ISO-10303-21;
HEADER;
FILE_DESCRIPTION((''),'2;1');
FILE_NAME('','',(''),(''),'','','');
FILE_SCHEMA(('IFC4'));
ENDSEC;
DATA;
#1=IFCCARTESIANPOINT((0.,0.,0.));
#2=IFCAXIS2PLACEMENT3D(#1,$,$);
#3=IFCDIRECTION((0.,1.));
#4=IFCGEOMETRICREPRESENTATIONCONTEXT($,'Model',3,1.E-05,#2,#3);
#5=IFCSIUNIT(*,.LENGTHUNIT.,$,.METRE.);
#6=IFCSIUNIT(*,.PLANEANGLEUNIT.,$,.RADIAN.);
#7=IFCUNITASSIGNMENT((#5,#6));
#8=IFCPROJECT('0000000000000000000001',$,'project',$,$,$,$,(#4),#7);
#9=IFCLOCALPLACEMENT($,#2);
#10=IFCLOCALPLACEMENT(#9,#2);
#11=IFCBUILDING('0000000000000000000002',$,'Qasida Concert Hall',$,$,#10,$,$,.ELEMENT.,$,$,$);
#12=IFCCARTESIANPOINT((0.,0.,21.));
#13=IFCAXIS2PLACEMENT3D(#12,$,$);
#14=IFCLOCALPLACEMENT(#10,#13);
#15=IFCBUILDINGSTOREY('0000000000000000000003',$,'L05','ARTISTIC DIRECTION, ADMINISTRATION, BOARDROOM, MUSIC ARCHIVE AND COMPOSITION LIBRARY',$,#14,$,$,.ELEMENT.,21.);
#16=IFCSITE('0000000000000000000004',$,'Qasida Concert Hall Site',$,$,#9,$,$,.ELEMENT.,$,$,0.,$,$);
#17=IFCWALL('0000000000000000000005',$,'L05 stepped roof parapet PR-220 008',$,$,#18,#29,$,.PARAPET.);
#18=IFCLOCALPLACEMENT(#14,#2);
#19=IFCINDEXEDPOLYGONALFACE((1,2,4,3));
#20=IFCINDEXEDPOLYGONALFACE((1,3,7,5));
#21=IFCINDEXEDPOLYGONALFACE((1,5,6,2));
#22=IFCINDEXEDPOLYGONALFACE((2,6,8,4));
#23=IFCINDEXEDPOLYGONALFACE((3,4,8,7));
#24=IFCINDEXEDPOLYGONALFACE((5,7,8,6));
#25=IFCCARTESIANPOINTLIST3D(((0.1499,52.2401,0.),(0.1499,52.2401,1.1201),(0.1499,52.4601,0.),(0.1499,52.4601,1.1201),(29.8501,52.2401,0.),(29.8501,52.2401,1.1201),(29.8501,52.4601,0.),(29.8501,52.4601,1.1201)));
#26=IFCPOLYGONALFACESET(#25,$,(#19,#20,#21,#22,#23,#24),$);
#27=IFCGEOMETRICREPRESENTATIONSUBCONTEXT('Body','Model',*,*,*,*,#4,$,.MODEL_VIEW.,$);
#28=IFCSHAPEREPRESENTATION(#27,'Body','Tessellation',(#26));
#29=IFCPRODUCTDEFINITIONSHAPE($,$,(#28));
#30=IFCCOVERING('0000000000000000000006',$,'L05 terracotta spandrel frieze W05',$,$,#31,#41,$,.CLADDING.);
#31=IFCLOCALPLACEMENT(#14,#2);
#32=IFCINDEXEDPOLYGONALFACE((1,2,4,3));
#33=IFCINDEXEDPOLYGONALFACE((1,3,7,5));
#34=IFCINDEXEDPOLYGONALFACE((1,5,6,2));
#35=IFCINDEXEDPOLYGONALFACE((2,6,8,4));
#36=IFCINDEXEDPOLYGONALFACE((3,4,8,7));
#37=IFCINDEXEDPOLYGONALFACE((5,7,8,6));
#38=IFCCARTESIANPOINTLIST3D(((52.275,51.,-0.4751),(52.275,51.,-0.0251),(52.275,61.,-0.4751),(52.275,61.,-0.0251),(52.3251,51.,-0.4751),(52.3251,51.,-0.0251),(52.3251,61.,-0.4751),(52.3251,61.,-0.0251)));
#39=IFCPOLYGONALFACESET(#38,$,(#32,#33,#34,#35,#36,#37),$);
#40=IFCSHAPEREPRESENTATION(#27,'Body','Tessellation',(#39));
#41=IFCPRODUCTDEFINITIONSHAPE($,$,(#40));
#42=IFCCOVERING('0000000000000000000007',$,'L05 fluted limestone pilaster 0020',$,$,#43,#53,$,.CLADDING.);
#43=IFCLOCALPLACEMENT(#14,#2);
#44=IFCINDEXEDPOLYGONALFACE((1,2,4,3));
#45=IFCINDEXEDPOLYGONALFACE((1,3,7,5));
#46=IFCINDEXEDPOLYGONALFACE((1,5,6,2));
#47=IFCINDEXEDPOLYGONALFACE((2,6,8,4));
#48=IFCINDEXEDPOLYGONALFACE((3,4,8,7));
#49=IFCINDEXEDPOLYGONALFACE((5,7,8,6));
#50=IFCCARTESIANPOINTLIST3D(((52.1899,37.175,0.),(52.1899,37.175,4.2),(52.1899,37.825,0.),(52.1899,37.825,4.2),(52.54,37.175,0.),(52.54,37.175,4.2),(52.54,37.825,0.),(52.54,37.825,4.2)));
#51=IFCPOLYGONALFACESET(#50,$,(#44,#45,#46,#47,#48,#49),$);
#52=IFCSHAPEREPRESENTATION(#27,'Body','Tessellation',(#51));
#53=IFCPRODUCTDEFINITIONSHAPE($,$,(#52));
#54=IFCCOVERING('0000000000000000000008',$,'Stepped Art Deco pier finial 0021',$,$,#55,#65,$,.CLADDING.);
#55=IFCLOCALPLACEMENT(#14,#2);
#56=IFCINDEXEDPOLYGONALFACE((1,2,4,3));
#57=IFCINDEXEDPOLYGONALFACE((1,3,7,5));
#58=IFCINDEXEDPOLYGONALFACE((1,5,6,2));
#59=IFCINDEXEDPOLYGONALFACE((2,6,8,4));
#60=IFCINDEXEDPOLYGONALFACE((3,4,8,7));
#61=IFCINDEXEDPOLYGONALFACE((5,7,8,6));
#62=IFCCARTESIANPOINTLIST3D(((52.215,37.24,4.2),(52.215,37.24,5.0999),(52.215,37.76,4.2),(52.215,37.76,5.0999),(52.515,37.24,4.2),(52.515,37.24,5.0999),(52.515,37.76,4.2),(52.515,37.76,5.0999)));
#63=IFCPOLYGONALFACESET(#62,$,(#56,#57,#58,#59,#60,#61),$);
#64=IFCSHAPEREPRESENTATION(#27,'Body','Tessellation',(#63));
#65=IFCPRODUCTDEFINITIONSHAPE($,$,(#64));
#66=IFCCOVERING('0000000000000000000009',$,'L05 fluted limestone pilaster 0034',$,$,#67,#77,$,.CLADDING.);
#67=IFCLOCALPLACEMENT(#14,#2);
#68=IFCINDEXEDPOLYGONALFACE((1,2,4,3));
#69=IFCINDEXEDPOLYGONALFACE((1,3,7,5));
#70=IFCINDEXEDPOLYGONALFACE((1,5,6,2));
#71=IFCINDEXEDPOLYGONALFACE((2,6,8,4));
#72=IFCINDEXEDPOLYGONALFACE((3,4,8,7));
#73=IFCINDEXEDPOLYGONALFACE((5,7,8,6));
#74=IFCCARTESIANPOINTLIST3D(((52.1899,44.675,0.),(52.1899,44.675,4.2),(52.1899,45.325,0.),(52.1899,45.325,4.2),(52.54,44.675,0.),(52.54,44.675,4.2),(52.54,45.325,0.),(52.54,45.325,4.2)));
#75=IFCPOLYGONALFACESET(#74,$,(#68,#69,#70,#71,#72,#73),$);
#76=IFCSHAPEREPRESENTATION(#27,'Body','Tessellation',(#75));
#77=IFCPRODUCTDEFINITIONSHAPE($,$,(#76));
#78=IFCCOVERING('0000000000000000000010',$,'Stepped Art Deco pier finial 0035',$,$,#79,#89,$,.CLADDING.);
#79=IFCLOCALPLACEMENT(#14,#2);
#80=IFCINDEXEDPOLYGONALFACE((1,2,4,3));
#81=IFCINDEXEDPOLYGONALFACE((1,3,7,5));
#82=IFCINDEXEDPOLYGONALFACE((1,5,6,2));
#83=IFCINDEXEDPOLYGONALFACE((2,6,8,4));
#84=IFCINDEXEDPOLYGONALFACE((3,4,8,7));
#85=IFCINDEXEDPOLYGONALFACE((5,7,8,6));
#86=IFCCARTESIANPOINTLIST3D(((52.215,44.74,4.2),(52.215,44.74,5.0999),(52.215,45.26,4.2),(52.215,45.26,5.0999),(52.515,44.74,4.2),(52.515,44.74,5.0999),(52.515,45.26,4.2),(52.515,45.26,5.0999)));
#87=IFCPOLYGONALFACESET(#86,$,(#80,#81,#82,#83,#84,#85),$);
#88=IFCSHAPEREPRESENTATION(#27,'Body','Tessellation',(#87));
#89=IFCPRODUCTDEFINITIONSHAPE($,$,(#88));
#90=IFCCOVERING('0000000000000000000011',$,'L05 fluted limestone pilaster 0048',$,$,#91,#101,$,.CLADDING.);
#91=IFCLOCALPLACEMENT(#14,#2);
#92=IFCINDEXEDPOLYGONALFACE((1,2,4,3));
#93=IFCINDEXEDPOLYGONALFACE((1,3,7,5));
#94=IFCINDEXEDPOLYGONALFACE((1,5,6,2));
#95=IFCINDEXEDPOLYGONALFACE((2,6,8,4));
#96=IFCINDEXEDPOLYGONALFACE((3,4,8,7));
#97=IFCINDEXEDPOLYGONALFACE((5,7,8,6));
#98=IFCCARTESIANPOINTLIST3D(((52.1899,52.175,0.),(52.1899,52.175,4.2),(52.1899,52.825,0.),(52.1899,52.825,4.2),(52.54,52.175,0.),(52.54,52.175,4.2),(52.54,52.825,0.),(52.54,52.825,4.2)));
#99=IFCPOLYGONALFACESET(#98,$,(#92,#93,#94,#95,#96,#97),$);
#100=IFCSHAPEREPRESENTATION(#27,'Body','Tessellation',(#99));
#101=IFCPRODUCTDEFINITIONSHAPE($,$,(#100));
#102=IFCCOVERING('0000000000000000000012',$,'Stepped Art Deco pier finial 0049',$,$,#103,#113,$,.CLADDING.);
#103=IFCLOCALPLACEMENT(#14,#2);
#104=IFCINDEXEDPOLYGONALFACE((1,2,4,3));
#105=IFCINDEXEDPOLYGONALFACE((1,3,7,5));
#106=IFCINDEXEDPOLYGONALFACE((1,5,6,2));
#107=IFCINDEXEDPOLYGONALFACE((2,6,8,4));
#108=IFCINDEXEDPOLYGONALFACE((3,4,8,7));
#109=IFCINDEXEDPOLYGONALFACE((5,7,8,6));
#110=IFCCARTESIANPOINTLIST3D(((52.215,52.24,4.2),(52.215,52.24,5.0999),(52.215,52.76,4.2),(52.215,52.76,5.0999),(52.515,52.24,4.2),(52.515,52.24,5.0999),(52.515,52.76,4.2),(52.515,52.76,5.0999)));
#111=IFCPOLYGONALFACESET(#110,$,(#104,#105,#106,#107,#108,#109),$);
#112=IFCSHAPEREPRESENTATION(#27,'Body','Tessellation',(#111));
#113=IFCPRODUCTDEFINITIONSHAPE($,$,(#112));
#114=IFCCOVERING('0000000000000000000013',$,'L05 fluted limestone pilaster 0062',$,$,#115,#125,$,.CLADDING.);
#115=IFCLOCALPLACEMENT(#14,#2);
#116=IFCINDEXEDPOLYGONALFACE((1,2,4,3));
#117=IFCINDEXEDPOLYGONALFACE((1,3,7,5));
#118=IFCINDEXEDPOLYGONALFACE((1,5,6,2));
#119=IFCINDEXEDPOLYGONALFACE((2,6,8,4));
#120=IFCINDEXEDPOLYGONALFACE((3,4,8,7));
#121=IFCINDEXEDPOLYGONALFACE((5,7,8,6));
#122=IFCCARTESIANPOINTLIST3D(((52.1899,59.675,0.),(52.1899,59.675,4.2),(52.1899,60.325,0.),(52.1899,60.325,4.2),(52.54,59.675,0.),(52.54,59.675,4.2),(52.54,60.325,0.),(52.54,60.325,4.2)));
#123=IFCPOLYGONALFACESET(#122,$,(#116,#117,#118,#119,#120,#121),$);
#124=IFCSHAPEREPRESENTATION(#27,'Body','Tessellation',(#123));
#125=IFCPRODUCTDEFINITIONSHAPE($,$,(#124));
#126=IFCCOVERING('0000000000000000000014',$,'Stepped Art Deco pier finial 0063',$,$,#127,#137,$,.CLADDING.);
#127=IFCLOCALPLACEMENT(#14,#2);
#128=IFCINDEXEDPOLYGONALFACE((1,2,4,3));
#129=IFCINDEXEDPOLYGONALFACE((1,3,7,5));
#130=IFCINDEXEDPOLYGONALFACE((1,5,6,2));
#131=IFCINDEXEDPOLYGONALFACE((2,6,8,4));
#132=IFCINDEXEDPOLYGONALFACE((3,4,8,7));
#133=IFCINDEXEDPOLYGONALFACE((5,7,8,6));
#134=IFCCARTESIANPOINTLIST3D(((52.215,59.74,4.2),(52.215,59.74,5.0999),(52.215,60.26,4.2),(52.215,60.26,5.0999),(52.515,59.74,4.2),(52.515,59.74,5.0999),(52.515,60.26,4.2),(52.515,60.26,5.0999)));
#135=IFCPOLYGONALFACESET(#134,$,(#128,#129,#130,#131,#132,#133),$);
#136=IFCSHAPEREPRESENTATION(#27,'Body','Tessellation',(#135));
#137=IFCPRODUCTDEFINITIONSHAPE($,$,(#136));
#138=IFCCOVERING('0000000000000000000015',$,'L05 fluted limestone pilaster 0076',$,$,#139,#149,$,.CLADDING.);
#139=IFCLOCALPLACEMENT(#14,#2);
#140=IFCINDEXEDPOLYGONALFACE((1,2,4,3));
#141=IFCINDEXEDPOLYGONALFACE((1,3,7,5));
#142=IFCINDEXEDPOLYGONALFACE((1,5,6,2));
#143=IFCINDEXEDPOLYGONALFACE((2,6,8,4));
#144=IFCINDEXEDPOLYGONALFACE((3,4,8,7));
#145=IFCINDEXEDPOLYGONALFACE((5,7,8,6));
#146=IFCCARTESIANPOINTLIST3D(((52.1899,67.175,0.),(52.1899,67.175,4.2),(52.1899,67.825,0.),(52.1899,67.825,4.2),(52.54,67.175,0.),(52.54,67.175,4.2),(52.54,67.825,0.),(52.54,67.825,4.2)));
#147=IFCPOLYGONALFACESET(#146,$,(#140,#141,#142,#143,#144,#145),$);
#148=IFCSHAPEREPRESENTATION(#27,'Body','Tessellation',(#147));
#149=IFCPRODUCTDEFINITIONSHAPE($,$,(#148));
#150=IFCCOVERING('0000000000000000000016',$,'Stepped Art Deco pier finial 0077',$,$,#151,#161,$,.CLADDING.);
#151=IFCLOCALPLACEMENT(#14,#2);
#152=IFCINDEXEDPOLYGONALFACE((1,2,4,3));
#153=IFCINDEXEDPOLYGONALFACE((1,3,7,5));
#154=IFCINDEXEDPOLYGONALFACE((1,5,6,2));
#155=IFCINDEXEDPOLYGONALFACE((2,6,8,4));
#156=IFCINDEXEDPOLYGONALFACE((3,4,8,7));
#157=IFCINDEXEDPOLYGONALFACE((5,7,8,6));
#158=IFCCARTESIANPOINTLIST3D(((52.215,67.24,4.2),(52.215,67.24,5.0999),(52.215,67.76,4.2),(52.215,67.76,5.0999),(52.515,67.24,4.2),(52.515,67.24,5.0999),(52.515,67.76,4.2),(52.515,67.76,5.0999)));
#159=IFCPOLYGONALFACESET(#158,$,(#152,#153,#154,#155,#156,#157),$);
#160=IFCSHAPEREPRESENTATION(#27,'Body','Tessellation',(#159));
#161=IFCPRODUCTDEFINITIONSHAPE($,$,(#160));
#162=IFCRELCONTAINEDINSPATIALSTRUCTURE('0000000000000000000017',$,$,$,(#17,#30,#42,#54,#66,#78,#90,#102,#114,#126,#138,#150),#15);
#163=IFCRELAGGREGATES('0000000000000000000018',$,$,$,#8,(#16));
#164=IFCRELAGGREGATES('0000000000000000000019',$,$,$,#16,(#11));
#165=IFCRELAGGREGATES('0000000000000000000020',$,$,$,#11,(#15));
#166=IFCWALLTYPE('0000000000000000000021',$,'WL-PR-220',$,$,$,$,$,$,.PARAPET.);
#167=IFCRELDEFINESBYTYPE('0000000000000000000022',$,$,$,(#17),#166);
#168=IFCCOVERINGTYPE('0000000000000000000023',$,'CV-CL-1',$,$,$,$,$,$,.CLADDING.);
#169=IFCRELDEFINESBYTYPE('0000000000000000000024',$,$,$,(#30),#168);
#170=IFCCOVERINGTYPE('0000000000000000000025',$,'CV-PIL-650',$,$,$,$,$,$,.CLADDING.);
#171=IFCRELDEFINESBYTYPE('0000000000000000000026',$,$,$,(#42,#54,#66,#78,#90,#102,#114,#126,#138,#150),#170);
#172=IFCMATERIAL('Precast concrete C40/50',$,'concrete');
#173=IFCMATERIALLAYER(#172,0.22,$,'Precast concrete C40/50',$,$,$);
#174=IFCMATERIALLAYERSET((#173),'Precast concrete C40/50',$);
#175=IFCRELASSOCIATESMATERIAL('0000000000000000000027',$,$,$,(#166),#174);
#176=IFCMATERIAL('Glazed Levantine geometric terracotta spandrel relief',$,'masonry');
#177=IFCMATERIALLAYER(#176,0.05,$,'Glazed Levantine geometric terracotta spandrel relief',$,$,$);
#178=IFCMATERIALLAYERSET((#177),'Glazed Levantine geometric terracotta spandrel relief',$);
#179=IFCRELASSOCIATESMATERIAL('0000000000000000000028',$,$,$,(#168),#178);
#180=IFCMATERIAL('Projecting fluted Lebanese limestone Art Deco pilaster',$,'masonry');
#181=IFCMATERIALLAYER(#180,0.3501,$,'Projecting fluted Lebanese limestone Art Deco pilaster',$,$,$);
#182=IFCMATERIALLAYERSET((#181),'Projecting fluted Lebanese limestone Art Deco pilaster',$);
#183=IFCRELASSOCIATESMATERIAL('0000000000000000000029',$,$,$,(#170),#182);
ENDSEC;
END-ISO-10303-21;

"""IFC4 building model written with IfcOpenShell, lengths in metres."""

from ifc_helpers import new_model, si_unit, direction, frame, frame_2d, origin, origin_2d, place, context, subcontext, project, spatial, rectangle, extrude, material, layer, layer_set, type_object, element, save


model = new_model("IFC4")

# Units and contexts
model_context = context("Model", 3, precision=1e-05, world=origin(), true_north=direction((0.0, 1.0)))
body_context = subcontext(model_context, "Body", "Model", "MODEL_VIEW")
ifc_project = project(units=[si_unit("LENGTHUNIT", "METRE"), si_unit("PLANEANGLEUNIT", "RADIAN")], contexts=[model_context])

# Site, building, storey
site_placement = place(None, origin())
site = spatial("IfcSite", under=ifc_project, at=site_placement, Name="Qasida Concert Hall Site", CompositionType="ELEMENT", RefElevation=0.0)
building_placement = place(site_placement, origin())
building = spatial("IfcBuilding", under=site, at=building_placement, Name="Qasida Concert Hall", CompositionType="ELEMENT")
storey_placement = place(building_placement, frame((0.0, 0.0, 21.0)))
storey = spatial("IfcBuildingStorey", under=building, at=storey_placement, Name="L05", Description="ARTISTIC DIRECTION, ADMINISTRATION, BOARDROOM, MUSIC ARCHIVE AND COMPOSITION LIBRARY", CompositionType="ELEMENT", Elevation=21.0)

# Wall
ifc_material_1 = material(Name="Precast concrete C40/50", Category="concrete")
ifc_layer_1 = layer(ifc_material_1, 0.22, Name="Precast concrete C40/50")
ifc_layer_set_1 = layer_set([ifc_layer_1], Name="Precast concrete C40/50")
wall_type_1 = type_object("IfcWallType", Name="WL-PR-220", PredefinedType="PARAPET", material=ifc_layer_set_1)
wall_1_placement = place(storey_placement, frame((29.8501, 52.3501, 0.0), z_axis=(0.0, 0.0, 1.0), x_axis=(-1.0, 0.0, 0.0)))
element("IfcWall", 1, at=wall_1_placement, inside=storey, type_object=wall_type_1, Name="L05 stepped roof parapet PR-220 008", PredefinedType="PARAPET", context=body_context, shape_type="SweptSolid", body=[
    extrude(rectangle(XDim=29.7002, YDim=0.22, at=frame_2d((14.8501, 0.0))), origin(), (0.0, 0.0, 1.0), 1.1201),
])

# Coverings
ifc_material_2 = material(Name="Glazed Levantine geometric terracotta spandrel relief", Category="masonry")
ifc_layer_2 = layer(ifc_material_2, 0.05, Name="Glazed Levantine geometric terracotta spandrel relief")
ifc_layer_set_2 = layer_set([ifc_layer_2], Name="Glazed Levantine geometric terracotta spandrel relief")
covering_type_1 = type_object("IfcCoveringType", Name="CV-CL-1", PredefinedType="CLADDING", material=ifc_layer_set_2)
covering_1_placement = place(storey_placement, frame((52.3, 56.0, -0.4751), z_axis=(0.0, 0.0, 1.0), x_axis=(1.0, 0.0, 0.0)))
element("IfcCovering", 2, at=covering_1_placement, inside=storey, type_object=covering_type_1, Name="L05 terracotta spandrel frieze W05", PredefinedType="CLADDING", context=body_context, shape_type="SweptSolid", body=[
    extrude(rectangle(XDim=0.05, YDim=10.0, at=origin_2d()), origin(), (0.0, 0.0, 1.0), 0.45),
])
ifc_material_3 = material(Name="Projecting fluted Lebanese limestone Art Deco pilaster", Category="masonry")
ifc_layer_3 = layer(ifc_material_3, 0.3501, Name="Projecting fluted Lebanese limestone Art Deco pilaster")
ifc_layer_set_3 = layer_set([ifc_layer_3], Name="Projecting fluted Lebanese limestone Art Deco pilaster")
covering_type_2 = type_object("IfcCoveringType", Name="CV-PIL-650", PredefinedType="CLADDING", material=ifc_layer_set_3)
covering_2_placement = place(storey_placement, frame((52.365, 37.5, 0.0), z_axis=(0.0, 0.0, 1.0), x_axis=(1.0, 0.0, 0.0)))
element("IfcCovering", 3, at=covering_2_placement, inside=storey, type_object=covering_type_2, Name="L05 fluted limestone pilaster 0020", PredefinedType="CLADDING", context=body_context, shape_type="SweptSolid", body=[
    extrude(rectangle(XDim=0.3501, YDim=0.6499, at=origin_2d()), origin(), (0.0, 0.0, 1.0), 4.2),
])
covering_3_placement = place(storey_placement, frame((52.365, 37.5, 4.2), z_axis=(0.0, 0.0, 1.0), x_axis=(1.0, 0.0, 0.0)))
element("IfcCovering", 4, at=covering_3_placement, inside=storey, type_object=covering_type_2, Name="Stepped Art Deco pier finial 0021", PredefinedType="CLADDING", context=body_context, shape_type="SweptSolid", body=[
    extrude(rectangle(XDim=0.3, YDim=0.52, at=origin_2d()), origin(), (0.0, 0.0, 1.0), 0.8999),
])
covering_4_placement = place(storey_placement, frame((52.365, 45.0, 0.0), z_axis=(0.0, 0.0, 1.0), x_axis=(1.0, 0.0, 0.0)))
element("IfcCovering", 5, at=covering_4_placement, inside=storey, type_object=covering_type_2, Name="L05 fluted limestone pilaster 0034", PredefinedType="CLADDING", context=body_context, shape_type="SweptSolid", body=[
    extrude(rectangle(XDim=0.3501, YDim=0.6499, at=origin_2d()), origin(), (0.0, 0.0, 1.0), 4.2),
])
covering_5_placement = place(storey_placement, frame((52.365, 45.0, 4.2), z_axis=(0.0, 0.0, 1.0), x_axis=(1.0, 0.0, 0.0)))
element("IfcCovering", 6, at=covering_5_placement, inside=storey, type_object=covering_type_2, Name="Stepped Art Deco pier finial 0035", PredefinedType="CLADDING", context=body_context, shape_type="SweptSolid", body=[
    extrude(rectangle(XDim=0.3, YDim=0.52, at=origin_2d()), origin(), (0.0, 0.0, 1.0), 0.8999),
])
covering_6_placement = place(storey_placement, frame((52.365, 52.5, 0.0), z_axis=(0.0, 0.0, 1.0), x_axis=(1.0, 0.0, 0.0)))
element("IfcCovering", 7, at=covering_6_placement, inside=storey, type_object=covering_type_2, Name="L05 fluted limestone pilaster 0048", PredefinedType="CLADDING", context=body_context, shape_type="SweptSolid", body=[
    extrude(rectangle(XDim=0.3501, YDim=0.6499, at=origin_2d()), origin(), (0.0, 0.0, 1.0), 4.2),
])
covering_7_placement = place(storey_placement, frame((52.365, 52.5, 4.2), z_axis=(0.0, 0.0, 1.0), x_axis=(1.0, 0.0, 0.0)))
element("IfcCovering", 8, at=covering_7_placement, inside=storey, type_object=covering_type_2, Name="Stepped Art Deco pier finial 0049", PredefinedType="CLADDING", context=body_context, shape_type="SweptSolid", body=[
    extrude(rectangle(XDim=0.3, YDim=0.52, at=origin_2d()), origin(), (0.0, 0.0, 1.0), 0.8999),
])
covering_8_placement = place(storey_placement, frame((52.365, 60.0, 0.0), z_axis=(0.0, 0.0, 1.0), x_axis=(1.0, 0.0, 0.0)))
element("IfcCovering", 9, at=covering_8_placement, inside=storey, type_object=covering_type_2, Name="L05 fluted limestone pilaster 0062", PredefinedType="CLADDING", context=body_context, shape_type="SweptSolid", body=[
    extrude(rectangle(XDim=0.3501, YDim=0.6499, at=origin_2d()), origin(), (0.0, 0.0, 1.0), 4.2),
])
covering_9_placement = place(storey_placement, frame((52.365, 60.0, 4.2), z_axis=(0.0, 0.0, 1.0), x_axis=(1.0, 0.0, 0.0)))
element("IfcCovering", 10, at=covering_9_placement, inside=storey, type_object=covering_type_2, Name="Stepped Art Deco pier finial 0063", PredefinedType="CLADDING", context=body_context, shape_type="SweptSolid", body=[
    extrude(rectangle(XDim=0.3, YDim=0.52, at=origin_2d()), origin(), (0.0, 0.0, 1.0), 0.8999),
])
covering_10_placement = place(storey_placement, frame((52.365, 67.5, 0.0), z_axis=(0.0, 0.0, 1.0), x_axis=(1.0, 0.0, 0.0)))
element("IfcCovering", 11, at=covering_10_placement, inside=storey, type_object=covering_type_2, Name="L05 fluted limestone pilaster 0076", PredefinedType="CLADDING", context=body_context, shape_type="SweptSolid", body=[
    extrude(rectangle(XDim=0.3501, YDim=0.6499, at=origin_2d()), origin(), (0.0, 0.0, 1.0), 4.2),
])
covering_11_placement = place(storey_placement, frame((52.365, 67.5, 4.2), z_axis=(0.0, 0.0, 1.0), x_axis=(1.0, 0.0, 0.0)))
element("IfcCovering", 12, at=covering_11_placement, inside=storey, type_object=covering_type_2, Name="Stepped Art Deco pier finial 0077", PredefinedType="CLADDING", context=body_context, shape_type="SweptSolid", body=[
    extrude(rectangle(XDim=0.3, YDim=0.52, at=origin_2d()), origin(), (0.0, 0.0, 1.0), 0.8999),
])

save(model, "model.ifc")
